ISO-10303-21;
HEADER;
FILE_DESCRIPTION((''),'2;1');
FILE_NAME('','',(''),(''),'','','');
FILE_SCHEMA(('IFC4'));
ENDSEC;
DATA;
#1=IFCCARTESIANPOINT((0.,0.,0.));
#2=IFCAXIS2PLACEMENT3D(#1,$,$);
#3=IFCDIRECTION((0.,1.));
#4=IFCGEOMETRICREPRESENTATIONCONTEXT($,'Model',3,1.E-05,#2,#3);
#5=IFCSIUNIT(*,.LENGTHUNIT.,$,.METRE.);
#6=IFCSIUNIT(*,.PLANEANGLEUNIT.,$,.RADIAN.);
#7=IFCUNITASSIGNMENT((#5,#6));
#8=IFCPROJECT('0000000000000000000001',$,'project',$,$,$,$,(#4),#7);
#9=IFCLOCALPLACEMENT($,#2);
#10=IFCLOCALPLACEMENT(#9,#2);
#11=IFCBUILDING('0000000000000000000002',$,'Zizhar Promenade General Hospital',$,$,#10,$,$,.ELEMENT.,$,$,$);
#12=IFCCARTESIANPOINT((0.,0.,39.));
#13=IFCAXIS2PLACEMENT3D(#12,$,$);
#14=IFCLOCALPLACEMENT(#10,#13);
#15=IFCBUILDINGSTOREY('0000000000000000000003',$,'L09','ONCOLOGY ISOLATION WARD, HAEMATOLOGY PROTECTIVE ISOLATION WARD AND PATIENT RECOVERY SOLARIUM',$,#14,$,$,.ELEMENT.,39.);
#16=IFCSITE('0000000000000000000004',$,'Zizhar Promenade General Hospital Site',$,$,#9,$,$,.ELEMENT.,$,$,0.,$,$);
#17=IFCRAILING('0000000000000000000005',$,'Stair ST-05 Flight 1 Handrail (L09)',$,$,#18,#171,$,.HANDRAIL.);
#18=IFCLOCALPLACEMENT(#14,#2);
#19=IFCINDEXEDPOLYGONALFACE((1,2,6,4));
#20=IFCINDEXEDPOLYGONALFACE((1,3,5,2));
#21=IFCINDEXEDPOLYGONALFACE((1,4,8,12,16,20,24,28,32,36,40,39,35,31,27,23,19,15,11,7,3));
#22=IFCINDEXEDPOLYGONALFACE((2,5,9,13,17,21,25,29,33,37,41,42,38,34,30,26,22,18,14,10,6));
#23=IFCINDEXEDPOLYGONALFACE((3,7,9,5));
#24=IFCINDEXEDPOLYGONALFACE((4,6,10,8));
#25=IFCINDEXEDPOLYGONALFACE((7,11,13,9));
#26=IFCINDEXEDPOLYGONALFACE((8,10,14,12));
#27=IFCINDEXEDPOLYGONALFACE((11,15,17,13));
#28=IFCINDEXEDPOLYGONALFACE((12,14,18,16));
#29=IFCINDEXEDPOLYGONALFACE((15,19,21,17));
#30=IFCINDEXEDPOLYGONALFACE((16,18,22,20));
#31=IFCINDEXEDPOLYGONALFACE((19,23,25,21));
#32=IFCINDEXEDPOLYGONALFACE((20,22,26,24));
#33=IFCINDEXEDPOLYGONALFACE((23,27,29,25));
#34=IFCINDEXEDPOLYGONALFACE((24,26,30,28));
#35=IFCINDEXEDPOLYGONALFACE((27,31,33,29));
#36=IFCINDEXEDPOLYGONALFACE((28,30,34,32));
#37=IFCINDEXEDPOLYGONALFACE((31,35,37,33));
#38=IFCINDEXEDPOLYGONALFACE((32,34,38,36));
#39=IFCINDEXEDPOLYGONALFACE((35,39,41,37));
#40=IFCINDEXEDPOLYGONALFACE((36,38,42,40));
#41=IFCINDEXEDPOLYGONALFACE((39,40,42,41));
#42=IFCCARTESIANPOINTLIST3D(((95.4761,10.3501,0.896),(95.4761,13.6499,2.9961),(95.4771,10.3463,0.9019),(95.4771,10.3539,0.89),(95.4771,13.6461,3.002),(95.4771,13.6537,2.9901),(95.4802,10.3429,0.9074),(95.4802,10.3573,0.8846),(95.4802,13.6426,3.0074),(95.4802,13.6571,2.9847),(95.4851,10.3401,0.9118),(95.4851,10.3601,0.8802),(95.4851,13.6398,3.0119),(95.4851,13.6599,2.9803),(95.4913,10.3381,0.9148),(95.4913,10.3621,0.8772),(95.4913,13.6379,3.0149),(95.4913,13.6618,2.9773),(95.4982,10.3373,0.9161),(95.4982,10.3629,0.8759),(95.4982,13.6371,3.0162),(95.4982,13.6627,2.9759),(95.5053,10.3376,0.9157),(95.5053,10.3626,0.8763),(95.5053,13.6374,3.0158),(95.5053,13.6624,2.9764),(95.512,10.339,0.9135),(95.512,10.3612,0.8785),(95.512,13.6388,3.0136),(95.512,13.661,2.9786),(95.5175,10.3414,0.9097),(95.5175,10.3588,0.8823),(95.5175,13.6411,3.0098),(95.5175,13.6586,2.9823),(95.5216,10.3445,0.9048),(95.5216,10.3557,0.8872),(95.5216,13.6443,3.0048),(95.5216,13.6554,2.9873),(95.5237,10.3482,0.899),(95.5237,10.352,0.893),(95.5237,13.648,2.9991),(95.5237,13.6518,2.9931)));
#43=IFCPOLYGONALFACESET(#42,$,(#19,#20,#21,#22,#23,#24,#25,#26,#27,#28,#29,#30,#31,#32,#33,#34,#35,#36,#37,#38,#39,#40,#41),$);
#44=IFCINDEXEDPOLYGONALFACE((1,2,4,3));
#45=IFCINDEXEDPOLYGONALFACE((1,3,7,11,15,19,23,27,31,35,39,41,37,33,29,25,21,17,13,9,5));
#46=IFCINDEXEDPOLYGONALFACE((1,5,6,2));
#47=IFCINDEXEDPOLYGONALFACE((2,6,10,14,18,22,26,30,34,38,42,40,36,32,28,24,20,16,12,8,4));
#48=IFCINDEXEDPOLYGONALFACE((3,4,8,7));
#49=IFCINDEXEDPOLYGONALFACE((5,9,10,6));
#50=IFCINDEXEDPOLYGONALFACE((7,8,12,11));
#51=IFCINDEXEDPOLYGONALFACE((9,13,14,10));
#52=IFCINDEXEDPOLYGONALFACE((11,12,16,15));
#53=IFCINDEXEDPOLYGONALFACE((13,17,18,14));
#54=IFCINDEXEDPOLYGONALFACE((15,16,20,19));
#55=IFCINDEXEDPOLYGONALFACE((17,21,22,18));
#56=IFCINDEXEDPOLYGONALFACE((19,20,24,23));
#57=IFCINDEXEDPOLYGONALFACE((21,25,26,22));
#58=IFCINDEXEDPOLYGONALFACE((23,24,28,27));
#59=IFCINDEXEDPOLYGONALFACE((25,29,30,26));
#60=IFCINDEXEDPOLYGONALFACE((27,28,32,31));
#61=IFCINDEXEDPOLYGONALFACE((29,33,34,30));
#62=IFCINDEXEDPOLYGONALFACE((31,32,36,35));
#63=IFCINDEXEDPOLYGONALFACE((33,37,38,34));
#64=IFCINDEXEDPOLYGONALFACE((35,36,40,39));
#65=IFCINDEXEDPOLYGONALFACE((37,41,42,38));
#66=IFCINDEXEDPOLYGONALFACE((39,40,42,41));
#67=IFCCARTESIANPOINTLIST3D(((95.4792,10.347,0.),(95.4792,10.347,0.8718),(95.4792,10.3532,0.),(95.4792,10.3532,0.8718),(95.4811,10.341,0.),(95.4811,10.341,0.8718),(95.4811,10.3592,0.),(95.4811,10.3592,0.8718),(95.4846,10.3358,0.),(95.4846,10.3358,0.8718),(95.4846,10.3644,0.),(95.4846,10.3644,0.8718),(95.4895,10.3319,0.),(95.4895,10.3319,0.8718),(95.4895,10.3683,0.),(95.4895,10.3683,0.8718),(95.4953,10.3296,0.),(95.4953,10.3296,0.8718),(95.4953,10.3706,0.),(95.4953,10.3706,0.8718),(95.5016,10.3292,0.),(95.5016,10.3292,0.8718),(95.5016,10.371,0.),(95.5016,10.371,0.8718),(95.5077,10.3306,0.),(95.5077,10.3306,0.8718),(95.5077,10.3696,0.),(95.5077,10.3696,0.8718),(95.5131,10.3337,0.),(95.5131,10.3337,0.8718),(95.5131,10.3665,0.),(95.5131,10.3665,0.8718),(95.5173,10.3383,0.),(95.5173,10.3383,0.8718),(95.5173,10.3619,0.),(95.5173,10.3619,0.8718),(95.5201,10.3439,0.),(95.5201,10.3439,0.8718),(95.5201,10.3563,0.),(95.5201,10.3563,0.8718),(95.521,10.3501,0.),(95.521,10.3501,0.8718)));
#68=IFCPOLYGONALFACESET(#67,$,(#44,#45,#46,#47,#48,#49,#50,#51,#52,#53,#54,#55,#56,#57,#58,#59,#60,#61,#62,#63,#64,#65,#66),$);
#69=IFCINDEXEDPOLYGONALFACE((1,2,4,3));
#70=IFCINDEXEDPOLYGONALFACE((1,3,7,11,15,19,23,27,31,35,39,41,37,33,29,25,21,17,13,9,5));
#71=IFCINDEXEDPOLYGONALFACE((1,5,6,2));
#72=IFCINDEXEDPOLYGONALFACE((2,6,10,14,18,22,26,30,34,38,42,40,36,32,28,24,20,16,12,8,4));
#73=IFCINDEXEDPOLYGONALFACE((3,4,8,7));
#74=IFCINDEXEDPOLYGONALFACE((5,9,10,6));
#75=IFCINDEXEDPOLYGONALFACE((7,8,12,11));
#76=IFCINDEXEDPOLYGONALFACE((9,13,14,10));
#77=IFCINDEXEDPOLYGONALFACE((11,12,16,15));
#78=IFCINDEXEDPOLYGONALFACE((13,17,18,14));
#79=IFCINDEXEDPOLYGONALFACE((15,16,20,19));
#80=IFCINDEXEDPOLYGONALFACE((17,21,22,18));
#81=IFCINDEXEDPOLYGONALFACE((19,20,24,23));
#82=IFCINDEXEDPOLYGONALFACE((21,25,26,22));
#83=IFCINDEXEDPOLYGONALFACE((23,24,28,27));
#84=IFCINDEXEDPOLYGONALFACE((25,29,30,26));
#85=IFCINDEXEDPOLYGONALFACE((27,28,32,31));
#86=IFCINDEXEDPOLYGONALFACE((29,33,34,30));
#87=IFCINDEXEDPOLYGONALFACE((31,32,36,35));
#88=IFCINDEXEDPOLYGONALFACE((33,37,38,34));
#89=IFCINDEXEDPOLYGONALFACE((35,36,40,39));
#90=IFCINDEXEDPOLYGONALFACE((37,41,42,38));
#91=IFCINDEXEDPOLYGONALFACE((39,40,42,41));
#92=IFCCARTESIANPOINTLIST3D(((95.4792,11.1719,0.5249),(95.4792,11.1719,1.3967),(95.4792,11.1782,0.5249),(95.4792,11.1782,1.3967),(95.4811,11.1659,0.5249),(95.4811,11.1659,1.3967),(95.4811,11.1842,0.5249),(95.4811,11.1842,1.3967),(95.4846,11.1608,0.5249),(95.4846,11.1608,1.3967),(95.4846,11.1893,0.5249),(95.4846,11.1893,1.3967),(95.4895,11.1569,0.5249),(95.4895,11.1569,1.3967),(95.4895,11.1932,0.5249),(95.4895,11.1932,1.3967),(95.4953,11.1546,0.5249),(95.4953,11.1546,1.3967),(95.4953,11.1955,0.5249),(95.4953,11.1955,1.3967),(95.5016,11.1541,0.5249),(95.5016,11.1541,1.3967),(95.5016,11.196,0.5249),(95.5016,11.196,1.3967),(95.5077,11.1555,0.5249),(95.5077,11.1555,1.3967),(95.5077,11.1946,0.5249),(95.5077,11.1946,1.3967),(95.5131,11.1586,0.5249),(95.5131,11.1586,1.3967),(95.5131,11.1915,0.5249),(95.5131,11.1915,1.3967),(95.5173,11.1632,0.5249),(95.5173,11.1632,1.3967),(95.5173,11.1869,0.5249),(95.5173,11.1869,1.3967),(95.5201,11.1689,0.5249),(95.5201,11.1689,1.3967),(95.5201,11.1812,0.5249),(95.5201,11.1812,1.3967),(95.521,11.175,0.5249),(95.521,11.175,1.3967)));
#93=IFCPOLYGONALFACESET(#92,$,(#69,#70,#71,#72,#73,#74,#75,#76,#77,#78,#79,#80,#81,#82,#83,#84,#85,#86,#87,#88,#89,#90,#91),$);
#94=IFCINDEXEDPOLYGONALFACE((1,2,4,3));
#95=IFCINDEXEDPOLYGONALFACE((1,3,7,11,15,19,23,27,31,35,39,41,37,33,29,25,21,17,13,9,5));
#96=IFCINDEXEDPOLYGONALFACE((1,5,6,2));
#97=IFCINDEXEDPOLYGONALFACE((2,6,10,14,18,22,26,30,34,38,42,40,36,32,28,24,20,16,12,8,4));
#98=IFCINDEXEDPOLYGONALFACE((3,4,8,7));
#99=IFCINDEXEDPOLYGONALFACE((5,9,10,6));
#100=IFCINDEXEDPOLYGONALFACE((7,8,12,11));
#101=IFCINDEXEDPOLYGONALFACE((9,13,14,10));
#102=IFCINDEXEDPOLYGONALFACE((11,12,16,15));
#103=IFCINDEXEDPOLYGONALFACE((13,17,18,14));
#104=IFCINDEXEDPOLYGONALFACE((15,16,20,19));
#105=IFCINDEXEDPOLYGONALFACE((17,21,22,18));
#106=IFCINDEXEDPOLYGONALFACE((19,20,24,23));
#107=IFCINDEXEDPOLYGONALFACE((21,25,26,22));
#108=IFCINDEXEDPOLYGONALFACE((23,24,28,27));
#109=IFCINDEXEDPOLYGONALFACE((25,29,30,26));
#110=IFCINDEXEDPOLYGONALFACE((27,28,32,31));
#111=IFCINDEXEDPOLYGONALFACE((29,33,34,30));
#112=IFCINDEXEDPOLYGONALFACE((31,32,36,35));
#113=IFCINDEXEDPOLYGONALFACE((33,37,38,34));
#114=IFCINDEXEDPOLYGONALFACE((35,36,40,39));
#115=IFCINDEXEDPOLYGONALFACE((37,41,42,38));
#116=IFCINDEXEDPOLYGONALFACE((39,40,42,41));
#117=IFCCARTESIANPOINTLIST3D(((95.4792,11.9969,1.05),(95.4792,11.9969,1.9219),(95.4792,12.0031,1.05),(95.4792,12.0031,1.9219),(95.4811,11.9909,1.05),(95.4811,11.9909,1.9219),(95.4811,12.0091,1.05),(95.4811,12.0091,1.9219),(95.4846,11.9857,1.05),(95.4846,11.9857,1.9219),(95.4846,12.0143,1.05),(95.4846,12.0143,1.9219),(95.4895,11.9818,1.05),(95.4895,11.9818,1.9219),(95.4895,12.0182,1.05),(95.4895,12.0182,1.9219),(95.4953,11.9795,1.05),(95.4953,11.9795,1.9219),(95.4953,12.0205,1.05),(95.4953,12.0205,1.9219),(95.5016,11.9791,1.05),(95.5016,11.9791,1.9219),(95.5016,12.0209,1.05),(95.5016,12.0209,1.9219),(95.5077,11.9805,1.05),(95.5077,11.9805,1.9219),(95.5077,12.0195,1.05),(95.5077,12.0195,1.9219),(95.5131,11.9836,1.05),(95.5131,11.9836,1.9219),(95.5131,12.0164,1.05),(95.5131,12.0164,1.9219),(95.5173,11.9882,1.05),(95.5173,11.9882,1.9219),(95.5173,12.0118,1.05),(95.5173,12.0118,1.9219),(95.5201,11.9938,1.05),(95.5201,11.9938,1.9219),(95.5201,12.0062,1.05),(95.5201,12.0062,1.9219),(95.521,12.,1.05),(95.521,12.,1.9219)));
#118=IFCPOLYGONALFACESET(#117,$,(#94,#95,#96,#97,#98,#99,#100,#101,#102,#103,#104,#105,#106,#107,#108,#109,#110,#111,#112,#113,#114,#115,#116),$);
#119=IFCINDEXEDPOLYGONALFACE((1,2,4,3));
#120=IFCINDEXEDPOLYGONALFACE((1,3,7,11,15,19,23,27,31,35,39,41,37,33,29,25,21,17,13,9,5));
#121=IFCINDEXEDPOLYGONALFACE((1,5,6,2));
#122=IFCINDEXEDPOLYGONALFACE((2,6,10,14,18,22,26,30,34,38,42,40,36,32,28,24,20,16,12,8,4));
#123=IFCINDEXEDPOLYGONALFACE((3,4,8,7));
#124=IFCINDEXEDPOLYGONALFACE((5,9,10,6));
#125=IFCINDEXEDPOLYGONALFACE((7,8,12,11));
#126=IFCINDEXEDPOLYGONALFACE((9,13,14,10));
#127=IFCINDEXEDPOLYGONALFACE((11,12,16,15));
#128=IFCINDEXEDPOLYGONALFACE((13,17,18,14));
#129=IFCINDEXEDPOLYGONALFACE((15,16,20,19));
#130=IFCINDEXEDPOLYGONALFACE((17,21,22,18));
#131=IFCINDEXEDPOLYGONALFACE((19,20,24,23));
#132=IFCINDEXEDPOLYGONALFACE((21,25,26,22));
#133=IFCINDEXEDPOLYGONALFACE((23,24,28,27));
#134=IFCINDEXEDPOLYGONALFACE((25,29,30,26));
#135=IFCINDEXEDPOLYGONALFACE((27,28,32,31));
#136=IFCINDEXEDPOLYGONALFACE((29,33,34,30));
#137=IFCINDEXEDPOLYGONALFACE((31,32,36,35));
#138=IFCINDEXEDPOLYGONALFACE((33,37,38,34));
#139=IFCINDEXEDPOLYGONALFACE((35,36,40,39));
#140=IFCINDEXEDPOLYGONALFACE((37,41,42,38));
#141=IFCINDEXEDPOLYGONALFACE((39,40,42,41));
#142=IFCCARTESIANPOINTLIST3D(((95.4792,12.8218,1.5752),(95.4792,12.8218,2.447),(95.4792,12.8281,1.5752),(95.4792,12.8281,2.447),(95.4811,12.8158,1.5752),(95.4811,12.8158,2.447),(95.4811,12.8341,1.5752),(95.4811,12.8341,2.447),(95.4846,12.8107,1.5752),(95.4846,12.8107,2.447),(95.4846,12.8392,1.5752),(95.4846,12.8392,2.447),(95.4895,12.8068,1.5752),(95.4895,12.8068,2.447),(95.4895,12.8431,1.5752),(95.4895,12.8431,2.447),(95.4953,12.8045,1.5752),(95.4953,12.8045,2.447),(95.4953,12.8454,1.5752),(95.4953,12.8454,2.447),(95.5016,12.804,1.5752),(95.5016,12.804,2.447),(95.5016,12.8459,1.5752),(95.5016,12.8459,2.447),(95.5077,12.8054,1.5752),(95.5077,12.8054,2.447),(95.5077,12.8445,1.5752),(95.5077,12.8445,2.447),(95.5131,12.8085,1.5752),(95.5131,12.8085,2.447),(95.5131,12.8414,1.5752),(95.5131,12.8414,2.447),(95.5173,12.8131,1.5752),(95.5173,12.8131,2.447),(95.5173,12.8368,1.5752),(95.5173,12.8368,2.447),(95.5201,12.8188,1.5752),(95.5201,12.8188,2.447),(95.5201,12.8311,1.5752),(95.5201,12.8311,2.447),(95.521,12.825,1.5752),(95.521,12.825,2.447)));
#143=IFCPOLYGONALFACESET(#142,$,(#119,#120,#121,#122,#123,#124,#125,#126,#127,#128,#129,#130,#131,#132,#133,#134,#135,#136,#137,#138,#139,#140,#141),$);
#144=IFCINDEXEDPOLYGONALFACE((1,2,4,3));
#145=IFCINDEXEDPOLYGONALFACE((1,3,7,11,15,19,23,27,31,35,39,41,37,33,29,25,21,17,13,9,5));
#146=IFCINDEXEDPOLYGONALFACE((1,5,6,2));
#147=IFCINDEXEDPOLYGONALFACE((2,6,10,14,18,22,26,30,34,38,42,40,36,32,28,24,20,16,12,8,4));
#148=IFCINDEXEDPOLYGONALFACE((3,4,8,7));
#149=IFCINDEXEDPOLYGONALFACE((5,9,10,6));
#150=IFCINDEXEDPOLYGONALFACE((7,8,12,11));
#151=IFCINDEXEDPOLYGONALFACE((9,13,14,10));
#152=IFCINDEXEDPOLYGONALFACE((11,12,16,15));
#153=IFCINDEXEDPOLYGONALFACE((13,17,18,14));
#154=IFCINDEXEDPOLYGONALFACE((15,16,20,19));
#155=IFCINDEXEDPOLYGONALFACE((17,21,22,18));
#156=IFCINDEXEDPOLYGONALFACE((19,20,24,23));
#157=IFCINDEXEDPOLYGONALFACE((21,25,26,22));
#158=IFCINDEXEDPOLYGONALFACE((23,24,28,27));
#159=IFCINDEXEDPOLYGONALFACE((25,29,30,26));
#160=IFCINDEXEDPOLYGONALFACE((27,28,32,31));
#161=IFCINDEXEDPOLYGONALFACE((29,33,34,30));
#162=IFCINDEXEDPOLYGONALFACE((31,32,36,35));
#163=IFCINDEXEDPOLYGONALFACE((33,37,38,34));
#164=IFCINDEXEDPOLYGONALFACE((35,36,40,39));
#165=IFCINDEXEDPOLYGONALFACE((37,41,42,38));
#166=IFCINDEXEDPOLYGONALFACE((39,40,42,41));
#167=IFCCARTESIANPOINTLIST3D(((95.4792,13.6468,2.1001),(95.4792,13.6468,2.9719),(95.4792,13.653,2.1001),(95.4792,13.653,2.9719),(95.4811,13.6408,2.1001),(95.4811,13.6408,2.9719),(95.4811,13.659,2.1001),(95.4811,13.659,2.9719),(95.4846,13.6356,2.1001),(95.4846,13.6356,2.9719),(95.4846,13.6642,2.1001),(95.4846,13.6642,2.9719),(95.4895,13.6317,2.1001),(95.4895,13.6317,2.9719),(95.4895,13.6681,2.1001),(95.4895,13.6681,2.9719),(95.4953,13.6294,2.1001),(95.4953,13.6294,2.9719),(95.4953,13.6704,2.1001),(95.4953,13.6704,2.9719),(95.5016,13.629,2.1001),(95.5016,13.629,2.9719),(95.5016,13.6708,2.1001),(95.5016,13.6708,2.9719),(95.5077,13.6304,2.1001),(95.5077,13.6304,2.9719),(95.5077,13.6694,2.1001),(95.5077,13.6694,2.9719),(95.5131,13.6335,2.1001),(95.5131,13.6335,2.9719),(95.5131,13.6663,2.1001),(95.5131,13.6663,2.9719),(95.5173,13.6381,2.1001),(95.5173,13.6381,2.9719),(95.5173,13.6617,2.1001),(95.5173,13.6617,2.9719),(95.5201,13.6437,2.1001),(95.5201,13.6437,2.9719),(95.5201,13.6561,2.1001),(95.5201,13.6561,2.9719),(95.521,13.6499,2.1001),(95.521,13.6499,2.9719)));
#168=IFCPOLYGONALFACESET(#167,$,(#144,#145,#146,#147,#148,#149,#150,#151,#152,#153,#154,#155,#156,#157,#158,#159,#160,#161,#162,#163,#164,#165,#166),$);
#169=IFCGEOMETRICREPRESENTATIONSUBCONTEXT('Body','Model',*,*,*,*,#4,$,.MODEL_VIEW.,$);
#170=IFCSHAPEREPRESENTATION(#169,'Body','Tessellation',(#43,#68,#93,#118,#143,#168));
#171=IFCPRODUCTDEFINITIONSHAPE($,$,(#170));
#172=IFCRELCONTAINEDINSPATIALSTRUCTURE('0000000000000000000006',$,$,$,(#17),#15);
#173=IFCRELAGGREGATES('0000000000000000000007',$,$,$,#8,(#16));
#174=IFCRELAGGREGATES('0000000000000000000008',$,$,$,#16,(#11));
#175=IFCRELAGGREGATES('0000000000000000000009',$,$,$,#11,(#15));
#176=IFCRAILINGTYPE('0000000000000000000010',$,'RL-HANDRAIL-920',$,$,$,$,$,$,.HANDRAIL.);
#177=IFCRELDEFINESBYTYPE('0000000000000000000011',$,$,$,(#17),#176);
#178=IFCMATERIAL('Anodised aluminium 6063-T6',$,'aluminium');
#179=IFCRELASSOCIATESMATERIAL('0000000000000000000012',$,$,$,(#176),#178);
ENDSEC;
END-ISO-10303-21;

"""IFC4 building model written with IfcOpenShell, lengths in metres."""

from ifc_helpers import new_model, si_unit, direction, frame, origin, origin_2d, place, context, subcontext, project, spatial, circle, hollow_circle, extrude, material, material_profile, profile_set, type_object, element, save


model = new_model("IFC4")

# Units and contexts
model_context = context("Model", 3, precision=1e-05, world=origin(), true_north=direction((0.0, 1.0)))
body_context = subcontext(model_context, "Body", "Model", "MODEL_VIEW")
ifc_project = project(units=[si_unit("LENGTHUNIT", "METRE"), si_unit("PLANEANGLEUNIT", "RADIAN")], contexts=[model_context])

# Site, building, storey
site_placement = place(None, origin())
site = spatial("IfcSite", under=ifc_project, at=site_placement, Name="Zizhar Promenade General Hospital Site", CompositionType="ELEMENT", RefElevation=0.0)
building_placement = place(site_placement, origin())
building = spatial("IfcBuilding", under=site, at=building_placement, Name="Zizhar Promenade General Hospital", CompositionType="ELEMENT")
storey_placement = place(building_placement, frame((0.0, 0.0, 39.0)))
storey = spatial("IfcBuildingStorey", under=building, at=storey_placement, Name="L09", Description="ONCOLOGY ISOLATION WARD, HAEMATOLOGY PROTECTIVE ISOLATION WARD AND PATIENT RECOVERY SOLARIUM", CompositionType="ELEMENT", Elevation=39.0)

# Railing
ifc_material_1 = material(Name="Anodised aluminium 6063-T6", Category="aluminium")
ifc_material_profile_1 = material_profile(ifc_material_1, hollow_circle(Radius=0.0698, WallThickness=0.0063, at=origin_2d()))
ifc_profile_set_1 = profile_set([ifc_material_profile_1], Name="Anodised aluminium 6063-T6")
railing_type_1 = type_object("IfcRailingType", Name="RL-HANDRAIL-920", PredefinedType="HANDRAIL", material=ifc_profile_set_1)
railing_1_placement = place(storey_placement, frame((95.5, 10.3501, 0.0)))
element("IfcRailing", 1, at=railing_1_placement, inside=storey, type_object=railing_type_1, Name="Stair ST-05 Flight 1 Handrail (L09)", PredefinedType="HANDRAIL", context=body_context, shape_type="SweptSolid", body=[
    extrude(circle(Radius=0.0239, at=origin_2d()), frame((0.0, 0.0, 0.896), z_axis=(0.0, 0.843636, 0.536916), x_axis=(-1.0, 0.0, 0.0)), (0.0, 0.0, 1.0), 3.9114),
    extrude(circle(Radius=0.021, at=origin_2d()), origin(), (0.0, 0.0, 1.0), 0.8718),
    extrude(circle(Radius=0.021, at=origin_2d()), frame((0.0, 0.825, 0.5249)), (0.0, 0.0, 1.0), 0.8718),
    extrude(circle(Radius=0.021, at=origin_2d()), frame((0.0, 1.6499, 1.05)), (0.0, 0.0, 1.0), 0.8718),
    extrude(circle(Radius=0.021, at=origin_2d()), frame((0.0, 2.4749, 1.5752)), (0.0, 0.0, 1.0), 0.8718),
    extrude(circle(Radius=0.021, at=origin_2d()), frame((0.0, 3.2998, 2.1001)), (0.0, 0.0, 1.0), 0.8718),
])

save(model, "model.ifc")
